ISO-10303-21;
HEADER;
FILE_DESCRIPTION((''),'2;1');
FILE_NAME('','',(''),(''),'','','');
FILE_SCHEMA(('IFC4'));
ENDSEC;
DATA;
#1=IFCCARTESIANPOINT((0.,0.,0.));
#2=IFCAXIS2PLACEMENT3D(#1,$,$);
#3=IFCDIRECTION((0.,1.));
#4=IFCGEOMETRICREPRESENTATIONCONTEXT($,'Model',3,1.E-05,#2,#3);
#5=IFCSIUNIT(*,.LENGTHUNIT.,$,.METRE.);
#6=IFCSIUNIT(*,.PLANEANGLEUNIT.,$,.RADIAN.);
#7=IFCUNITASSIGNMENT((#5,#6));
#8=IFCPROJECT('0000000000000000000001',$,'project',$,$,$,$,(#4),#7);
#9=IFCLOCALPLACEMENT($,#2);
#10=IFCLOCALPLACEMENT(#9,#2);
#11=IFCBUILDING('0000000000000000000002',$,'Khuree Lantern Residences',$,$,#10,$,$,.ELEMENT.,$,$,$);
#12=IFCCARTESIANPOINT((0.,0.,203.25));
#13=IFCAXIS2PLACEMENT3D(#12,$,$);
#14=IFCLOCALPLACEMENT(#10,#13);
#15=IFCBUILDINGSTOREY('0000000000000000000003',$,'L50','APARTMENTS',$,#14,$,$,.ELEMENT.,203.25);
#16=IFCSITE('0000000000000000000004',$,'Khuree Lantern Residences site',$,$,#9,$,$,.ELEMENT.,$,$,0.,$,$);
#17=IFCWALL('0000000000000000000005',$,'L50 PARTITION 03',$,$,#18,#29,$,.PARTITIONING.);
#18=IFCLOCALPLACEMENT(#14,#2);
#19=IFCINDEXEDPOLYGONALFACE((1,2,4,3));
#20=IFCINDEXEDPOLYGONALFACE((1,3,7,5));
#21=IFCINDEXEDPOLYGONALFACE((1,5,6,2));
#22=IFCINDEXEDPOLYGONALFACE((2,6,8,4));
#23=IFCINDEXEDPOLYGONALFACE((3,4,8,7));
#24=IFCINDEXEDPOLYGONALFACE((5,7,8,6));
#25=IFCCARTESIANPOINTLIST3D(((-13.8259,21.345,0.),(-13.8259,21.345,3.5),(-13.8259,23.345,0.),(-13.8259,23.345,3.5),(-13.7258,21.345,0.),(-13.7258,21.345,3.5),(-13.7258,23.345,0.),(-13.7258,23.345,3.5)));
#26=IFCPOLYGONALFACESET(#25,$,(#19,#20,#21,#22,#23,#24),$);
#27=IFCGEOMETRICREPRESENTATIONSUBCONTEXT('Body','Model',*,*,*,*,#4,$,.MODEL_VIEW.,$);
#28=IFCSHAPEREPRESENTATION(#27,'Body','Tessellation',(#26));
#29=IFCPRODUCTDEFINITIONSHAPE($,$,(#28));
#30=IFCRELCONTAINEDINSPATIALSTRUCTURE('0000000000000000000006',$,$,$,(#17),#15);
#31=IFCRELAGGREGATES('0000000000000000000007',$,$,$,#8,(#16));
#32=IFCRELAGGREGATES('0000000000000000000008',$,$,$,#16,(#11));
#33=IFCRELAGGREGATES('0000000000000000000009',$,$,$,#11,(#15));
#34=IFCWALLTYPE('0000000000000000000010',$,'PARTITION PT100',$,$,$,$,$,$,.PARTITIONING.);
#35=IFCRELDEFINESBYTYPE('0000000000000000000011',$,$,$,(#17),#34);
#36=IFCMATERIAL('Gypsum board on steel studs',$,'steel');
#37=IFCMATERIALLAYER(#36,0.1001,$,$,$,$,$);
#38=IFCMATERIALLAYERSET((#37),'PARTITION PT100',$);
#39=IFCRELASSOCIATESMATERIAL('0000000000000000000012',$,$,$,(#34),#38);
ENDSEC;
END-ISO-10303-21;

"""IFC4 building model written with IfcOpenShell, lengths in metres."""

from ifc_helpers import new_model, si_unit, direction, frame, frame_2d, origin, place, context, subcontext, project, spatial, rectangle, extrude, material, layer, layer_set, type_object, element, save


model = new_model("IFC4")

# Units and contexts
model_context = context("Model", 3, precision=1e-05, world=origin(), true_north=direction((0.0, 1.0)))
body_context = subcontext(model_context, "Body", "Model", "MODEL_VIEW")
ifc_project = project(units=[si_unit("LENGTHUNIT", "METRE"), si_unit("PLANEANGLEUNIT", "RADIAN")], contexts=[model_context])

# Site, building, storey
site_placement = place(None, origin())
site = spatial("IfcSite", under=ifc_project, at=site_placement, Name="Khuree Lantern Residences site", CompositionType="ELEMENT", RefElevation=0.0)
building_placement = place(site_placement, origin())
building = spatial("IfcBuilding", under=site, at=building_placement, Name="Khuree Lantern Residences", CompositionType="ELEMENT")
storey_placement = place(building_placement, frame((0.0, 0.0, 203.25)))
storey = spatial("IfcBuildingStorey", under=building, at=storey_placement, Name="L50", Description="APARTMENTS", CompositionType="ELEMENT", Elevation=203.25)

# Shared definitions
ifc_material_1 = material(Name="Gypsum board on steel studs", Category="steel")
ifc_layer_1 = layer(ifc_material_1, 0.1001)
ifc_layer_set_1 = layer_set([ifc_layer_1], Name="PARTITION PT100")
wall_type_1 = type_object("IfcWallType", Name="PARTITION PT100", PredefinedType="PARTITIONING", material=ifc_layer_set_1)

# Wall
wall_1_placement = place(storey_placement, frame((-13.7759, 21.345, 0.0), z_axis=(0.0, 0.0, 1.0), x_axis=(0.0, 1.0, 0.0)))
element("IfcWall", 1, at=wall_1_placement, inside=storey, type_object=wall_type_1, Name="L50 PARTITION 03", PredefinedType="PARTITIONING", context=body_context, shape_type="SweptSolid", body=[
    extrude(rectangle(XDim=2.0, YDim=0.1001, at=frame_2d((1.0, 0.0))), origin(), (0.0, 0.0, 1.0), 3.5),
])

save(model, "model.ifc")
